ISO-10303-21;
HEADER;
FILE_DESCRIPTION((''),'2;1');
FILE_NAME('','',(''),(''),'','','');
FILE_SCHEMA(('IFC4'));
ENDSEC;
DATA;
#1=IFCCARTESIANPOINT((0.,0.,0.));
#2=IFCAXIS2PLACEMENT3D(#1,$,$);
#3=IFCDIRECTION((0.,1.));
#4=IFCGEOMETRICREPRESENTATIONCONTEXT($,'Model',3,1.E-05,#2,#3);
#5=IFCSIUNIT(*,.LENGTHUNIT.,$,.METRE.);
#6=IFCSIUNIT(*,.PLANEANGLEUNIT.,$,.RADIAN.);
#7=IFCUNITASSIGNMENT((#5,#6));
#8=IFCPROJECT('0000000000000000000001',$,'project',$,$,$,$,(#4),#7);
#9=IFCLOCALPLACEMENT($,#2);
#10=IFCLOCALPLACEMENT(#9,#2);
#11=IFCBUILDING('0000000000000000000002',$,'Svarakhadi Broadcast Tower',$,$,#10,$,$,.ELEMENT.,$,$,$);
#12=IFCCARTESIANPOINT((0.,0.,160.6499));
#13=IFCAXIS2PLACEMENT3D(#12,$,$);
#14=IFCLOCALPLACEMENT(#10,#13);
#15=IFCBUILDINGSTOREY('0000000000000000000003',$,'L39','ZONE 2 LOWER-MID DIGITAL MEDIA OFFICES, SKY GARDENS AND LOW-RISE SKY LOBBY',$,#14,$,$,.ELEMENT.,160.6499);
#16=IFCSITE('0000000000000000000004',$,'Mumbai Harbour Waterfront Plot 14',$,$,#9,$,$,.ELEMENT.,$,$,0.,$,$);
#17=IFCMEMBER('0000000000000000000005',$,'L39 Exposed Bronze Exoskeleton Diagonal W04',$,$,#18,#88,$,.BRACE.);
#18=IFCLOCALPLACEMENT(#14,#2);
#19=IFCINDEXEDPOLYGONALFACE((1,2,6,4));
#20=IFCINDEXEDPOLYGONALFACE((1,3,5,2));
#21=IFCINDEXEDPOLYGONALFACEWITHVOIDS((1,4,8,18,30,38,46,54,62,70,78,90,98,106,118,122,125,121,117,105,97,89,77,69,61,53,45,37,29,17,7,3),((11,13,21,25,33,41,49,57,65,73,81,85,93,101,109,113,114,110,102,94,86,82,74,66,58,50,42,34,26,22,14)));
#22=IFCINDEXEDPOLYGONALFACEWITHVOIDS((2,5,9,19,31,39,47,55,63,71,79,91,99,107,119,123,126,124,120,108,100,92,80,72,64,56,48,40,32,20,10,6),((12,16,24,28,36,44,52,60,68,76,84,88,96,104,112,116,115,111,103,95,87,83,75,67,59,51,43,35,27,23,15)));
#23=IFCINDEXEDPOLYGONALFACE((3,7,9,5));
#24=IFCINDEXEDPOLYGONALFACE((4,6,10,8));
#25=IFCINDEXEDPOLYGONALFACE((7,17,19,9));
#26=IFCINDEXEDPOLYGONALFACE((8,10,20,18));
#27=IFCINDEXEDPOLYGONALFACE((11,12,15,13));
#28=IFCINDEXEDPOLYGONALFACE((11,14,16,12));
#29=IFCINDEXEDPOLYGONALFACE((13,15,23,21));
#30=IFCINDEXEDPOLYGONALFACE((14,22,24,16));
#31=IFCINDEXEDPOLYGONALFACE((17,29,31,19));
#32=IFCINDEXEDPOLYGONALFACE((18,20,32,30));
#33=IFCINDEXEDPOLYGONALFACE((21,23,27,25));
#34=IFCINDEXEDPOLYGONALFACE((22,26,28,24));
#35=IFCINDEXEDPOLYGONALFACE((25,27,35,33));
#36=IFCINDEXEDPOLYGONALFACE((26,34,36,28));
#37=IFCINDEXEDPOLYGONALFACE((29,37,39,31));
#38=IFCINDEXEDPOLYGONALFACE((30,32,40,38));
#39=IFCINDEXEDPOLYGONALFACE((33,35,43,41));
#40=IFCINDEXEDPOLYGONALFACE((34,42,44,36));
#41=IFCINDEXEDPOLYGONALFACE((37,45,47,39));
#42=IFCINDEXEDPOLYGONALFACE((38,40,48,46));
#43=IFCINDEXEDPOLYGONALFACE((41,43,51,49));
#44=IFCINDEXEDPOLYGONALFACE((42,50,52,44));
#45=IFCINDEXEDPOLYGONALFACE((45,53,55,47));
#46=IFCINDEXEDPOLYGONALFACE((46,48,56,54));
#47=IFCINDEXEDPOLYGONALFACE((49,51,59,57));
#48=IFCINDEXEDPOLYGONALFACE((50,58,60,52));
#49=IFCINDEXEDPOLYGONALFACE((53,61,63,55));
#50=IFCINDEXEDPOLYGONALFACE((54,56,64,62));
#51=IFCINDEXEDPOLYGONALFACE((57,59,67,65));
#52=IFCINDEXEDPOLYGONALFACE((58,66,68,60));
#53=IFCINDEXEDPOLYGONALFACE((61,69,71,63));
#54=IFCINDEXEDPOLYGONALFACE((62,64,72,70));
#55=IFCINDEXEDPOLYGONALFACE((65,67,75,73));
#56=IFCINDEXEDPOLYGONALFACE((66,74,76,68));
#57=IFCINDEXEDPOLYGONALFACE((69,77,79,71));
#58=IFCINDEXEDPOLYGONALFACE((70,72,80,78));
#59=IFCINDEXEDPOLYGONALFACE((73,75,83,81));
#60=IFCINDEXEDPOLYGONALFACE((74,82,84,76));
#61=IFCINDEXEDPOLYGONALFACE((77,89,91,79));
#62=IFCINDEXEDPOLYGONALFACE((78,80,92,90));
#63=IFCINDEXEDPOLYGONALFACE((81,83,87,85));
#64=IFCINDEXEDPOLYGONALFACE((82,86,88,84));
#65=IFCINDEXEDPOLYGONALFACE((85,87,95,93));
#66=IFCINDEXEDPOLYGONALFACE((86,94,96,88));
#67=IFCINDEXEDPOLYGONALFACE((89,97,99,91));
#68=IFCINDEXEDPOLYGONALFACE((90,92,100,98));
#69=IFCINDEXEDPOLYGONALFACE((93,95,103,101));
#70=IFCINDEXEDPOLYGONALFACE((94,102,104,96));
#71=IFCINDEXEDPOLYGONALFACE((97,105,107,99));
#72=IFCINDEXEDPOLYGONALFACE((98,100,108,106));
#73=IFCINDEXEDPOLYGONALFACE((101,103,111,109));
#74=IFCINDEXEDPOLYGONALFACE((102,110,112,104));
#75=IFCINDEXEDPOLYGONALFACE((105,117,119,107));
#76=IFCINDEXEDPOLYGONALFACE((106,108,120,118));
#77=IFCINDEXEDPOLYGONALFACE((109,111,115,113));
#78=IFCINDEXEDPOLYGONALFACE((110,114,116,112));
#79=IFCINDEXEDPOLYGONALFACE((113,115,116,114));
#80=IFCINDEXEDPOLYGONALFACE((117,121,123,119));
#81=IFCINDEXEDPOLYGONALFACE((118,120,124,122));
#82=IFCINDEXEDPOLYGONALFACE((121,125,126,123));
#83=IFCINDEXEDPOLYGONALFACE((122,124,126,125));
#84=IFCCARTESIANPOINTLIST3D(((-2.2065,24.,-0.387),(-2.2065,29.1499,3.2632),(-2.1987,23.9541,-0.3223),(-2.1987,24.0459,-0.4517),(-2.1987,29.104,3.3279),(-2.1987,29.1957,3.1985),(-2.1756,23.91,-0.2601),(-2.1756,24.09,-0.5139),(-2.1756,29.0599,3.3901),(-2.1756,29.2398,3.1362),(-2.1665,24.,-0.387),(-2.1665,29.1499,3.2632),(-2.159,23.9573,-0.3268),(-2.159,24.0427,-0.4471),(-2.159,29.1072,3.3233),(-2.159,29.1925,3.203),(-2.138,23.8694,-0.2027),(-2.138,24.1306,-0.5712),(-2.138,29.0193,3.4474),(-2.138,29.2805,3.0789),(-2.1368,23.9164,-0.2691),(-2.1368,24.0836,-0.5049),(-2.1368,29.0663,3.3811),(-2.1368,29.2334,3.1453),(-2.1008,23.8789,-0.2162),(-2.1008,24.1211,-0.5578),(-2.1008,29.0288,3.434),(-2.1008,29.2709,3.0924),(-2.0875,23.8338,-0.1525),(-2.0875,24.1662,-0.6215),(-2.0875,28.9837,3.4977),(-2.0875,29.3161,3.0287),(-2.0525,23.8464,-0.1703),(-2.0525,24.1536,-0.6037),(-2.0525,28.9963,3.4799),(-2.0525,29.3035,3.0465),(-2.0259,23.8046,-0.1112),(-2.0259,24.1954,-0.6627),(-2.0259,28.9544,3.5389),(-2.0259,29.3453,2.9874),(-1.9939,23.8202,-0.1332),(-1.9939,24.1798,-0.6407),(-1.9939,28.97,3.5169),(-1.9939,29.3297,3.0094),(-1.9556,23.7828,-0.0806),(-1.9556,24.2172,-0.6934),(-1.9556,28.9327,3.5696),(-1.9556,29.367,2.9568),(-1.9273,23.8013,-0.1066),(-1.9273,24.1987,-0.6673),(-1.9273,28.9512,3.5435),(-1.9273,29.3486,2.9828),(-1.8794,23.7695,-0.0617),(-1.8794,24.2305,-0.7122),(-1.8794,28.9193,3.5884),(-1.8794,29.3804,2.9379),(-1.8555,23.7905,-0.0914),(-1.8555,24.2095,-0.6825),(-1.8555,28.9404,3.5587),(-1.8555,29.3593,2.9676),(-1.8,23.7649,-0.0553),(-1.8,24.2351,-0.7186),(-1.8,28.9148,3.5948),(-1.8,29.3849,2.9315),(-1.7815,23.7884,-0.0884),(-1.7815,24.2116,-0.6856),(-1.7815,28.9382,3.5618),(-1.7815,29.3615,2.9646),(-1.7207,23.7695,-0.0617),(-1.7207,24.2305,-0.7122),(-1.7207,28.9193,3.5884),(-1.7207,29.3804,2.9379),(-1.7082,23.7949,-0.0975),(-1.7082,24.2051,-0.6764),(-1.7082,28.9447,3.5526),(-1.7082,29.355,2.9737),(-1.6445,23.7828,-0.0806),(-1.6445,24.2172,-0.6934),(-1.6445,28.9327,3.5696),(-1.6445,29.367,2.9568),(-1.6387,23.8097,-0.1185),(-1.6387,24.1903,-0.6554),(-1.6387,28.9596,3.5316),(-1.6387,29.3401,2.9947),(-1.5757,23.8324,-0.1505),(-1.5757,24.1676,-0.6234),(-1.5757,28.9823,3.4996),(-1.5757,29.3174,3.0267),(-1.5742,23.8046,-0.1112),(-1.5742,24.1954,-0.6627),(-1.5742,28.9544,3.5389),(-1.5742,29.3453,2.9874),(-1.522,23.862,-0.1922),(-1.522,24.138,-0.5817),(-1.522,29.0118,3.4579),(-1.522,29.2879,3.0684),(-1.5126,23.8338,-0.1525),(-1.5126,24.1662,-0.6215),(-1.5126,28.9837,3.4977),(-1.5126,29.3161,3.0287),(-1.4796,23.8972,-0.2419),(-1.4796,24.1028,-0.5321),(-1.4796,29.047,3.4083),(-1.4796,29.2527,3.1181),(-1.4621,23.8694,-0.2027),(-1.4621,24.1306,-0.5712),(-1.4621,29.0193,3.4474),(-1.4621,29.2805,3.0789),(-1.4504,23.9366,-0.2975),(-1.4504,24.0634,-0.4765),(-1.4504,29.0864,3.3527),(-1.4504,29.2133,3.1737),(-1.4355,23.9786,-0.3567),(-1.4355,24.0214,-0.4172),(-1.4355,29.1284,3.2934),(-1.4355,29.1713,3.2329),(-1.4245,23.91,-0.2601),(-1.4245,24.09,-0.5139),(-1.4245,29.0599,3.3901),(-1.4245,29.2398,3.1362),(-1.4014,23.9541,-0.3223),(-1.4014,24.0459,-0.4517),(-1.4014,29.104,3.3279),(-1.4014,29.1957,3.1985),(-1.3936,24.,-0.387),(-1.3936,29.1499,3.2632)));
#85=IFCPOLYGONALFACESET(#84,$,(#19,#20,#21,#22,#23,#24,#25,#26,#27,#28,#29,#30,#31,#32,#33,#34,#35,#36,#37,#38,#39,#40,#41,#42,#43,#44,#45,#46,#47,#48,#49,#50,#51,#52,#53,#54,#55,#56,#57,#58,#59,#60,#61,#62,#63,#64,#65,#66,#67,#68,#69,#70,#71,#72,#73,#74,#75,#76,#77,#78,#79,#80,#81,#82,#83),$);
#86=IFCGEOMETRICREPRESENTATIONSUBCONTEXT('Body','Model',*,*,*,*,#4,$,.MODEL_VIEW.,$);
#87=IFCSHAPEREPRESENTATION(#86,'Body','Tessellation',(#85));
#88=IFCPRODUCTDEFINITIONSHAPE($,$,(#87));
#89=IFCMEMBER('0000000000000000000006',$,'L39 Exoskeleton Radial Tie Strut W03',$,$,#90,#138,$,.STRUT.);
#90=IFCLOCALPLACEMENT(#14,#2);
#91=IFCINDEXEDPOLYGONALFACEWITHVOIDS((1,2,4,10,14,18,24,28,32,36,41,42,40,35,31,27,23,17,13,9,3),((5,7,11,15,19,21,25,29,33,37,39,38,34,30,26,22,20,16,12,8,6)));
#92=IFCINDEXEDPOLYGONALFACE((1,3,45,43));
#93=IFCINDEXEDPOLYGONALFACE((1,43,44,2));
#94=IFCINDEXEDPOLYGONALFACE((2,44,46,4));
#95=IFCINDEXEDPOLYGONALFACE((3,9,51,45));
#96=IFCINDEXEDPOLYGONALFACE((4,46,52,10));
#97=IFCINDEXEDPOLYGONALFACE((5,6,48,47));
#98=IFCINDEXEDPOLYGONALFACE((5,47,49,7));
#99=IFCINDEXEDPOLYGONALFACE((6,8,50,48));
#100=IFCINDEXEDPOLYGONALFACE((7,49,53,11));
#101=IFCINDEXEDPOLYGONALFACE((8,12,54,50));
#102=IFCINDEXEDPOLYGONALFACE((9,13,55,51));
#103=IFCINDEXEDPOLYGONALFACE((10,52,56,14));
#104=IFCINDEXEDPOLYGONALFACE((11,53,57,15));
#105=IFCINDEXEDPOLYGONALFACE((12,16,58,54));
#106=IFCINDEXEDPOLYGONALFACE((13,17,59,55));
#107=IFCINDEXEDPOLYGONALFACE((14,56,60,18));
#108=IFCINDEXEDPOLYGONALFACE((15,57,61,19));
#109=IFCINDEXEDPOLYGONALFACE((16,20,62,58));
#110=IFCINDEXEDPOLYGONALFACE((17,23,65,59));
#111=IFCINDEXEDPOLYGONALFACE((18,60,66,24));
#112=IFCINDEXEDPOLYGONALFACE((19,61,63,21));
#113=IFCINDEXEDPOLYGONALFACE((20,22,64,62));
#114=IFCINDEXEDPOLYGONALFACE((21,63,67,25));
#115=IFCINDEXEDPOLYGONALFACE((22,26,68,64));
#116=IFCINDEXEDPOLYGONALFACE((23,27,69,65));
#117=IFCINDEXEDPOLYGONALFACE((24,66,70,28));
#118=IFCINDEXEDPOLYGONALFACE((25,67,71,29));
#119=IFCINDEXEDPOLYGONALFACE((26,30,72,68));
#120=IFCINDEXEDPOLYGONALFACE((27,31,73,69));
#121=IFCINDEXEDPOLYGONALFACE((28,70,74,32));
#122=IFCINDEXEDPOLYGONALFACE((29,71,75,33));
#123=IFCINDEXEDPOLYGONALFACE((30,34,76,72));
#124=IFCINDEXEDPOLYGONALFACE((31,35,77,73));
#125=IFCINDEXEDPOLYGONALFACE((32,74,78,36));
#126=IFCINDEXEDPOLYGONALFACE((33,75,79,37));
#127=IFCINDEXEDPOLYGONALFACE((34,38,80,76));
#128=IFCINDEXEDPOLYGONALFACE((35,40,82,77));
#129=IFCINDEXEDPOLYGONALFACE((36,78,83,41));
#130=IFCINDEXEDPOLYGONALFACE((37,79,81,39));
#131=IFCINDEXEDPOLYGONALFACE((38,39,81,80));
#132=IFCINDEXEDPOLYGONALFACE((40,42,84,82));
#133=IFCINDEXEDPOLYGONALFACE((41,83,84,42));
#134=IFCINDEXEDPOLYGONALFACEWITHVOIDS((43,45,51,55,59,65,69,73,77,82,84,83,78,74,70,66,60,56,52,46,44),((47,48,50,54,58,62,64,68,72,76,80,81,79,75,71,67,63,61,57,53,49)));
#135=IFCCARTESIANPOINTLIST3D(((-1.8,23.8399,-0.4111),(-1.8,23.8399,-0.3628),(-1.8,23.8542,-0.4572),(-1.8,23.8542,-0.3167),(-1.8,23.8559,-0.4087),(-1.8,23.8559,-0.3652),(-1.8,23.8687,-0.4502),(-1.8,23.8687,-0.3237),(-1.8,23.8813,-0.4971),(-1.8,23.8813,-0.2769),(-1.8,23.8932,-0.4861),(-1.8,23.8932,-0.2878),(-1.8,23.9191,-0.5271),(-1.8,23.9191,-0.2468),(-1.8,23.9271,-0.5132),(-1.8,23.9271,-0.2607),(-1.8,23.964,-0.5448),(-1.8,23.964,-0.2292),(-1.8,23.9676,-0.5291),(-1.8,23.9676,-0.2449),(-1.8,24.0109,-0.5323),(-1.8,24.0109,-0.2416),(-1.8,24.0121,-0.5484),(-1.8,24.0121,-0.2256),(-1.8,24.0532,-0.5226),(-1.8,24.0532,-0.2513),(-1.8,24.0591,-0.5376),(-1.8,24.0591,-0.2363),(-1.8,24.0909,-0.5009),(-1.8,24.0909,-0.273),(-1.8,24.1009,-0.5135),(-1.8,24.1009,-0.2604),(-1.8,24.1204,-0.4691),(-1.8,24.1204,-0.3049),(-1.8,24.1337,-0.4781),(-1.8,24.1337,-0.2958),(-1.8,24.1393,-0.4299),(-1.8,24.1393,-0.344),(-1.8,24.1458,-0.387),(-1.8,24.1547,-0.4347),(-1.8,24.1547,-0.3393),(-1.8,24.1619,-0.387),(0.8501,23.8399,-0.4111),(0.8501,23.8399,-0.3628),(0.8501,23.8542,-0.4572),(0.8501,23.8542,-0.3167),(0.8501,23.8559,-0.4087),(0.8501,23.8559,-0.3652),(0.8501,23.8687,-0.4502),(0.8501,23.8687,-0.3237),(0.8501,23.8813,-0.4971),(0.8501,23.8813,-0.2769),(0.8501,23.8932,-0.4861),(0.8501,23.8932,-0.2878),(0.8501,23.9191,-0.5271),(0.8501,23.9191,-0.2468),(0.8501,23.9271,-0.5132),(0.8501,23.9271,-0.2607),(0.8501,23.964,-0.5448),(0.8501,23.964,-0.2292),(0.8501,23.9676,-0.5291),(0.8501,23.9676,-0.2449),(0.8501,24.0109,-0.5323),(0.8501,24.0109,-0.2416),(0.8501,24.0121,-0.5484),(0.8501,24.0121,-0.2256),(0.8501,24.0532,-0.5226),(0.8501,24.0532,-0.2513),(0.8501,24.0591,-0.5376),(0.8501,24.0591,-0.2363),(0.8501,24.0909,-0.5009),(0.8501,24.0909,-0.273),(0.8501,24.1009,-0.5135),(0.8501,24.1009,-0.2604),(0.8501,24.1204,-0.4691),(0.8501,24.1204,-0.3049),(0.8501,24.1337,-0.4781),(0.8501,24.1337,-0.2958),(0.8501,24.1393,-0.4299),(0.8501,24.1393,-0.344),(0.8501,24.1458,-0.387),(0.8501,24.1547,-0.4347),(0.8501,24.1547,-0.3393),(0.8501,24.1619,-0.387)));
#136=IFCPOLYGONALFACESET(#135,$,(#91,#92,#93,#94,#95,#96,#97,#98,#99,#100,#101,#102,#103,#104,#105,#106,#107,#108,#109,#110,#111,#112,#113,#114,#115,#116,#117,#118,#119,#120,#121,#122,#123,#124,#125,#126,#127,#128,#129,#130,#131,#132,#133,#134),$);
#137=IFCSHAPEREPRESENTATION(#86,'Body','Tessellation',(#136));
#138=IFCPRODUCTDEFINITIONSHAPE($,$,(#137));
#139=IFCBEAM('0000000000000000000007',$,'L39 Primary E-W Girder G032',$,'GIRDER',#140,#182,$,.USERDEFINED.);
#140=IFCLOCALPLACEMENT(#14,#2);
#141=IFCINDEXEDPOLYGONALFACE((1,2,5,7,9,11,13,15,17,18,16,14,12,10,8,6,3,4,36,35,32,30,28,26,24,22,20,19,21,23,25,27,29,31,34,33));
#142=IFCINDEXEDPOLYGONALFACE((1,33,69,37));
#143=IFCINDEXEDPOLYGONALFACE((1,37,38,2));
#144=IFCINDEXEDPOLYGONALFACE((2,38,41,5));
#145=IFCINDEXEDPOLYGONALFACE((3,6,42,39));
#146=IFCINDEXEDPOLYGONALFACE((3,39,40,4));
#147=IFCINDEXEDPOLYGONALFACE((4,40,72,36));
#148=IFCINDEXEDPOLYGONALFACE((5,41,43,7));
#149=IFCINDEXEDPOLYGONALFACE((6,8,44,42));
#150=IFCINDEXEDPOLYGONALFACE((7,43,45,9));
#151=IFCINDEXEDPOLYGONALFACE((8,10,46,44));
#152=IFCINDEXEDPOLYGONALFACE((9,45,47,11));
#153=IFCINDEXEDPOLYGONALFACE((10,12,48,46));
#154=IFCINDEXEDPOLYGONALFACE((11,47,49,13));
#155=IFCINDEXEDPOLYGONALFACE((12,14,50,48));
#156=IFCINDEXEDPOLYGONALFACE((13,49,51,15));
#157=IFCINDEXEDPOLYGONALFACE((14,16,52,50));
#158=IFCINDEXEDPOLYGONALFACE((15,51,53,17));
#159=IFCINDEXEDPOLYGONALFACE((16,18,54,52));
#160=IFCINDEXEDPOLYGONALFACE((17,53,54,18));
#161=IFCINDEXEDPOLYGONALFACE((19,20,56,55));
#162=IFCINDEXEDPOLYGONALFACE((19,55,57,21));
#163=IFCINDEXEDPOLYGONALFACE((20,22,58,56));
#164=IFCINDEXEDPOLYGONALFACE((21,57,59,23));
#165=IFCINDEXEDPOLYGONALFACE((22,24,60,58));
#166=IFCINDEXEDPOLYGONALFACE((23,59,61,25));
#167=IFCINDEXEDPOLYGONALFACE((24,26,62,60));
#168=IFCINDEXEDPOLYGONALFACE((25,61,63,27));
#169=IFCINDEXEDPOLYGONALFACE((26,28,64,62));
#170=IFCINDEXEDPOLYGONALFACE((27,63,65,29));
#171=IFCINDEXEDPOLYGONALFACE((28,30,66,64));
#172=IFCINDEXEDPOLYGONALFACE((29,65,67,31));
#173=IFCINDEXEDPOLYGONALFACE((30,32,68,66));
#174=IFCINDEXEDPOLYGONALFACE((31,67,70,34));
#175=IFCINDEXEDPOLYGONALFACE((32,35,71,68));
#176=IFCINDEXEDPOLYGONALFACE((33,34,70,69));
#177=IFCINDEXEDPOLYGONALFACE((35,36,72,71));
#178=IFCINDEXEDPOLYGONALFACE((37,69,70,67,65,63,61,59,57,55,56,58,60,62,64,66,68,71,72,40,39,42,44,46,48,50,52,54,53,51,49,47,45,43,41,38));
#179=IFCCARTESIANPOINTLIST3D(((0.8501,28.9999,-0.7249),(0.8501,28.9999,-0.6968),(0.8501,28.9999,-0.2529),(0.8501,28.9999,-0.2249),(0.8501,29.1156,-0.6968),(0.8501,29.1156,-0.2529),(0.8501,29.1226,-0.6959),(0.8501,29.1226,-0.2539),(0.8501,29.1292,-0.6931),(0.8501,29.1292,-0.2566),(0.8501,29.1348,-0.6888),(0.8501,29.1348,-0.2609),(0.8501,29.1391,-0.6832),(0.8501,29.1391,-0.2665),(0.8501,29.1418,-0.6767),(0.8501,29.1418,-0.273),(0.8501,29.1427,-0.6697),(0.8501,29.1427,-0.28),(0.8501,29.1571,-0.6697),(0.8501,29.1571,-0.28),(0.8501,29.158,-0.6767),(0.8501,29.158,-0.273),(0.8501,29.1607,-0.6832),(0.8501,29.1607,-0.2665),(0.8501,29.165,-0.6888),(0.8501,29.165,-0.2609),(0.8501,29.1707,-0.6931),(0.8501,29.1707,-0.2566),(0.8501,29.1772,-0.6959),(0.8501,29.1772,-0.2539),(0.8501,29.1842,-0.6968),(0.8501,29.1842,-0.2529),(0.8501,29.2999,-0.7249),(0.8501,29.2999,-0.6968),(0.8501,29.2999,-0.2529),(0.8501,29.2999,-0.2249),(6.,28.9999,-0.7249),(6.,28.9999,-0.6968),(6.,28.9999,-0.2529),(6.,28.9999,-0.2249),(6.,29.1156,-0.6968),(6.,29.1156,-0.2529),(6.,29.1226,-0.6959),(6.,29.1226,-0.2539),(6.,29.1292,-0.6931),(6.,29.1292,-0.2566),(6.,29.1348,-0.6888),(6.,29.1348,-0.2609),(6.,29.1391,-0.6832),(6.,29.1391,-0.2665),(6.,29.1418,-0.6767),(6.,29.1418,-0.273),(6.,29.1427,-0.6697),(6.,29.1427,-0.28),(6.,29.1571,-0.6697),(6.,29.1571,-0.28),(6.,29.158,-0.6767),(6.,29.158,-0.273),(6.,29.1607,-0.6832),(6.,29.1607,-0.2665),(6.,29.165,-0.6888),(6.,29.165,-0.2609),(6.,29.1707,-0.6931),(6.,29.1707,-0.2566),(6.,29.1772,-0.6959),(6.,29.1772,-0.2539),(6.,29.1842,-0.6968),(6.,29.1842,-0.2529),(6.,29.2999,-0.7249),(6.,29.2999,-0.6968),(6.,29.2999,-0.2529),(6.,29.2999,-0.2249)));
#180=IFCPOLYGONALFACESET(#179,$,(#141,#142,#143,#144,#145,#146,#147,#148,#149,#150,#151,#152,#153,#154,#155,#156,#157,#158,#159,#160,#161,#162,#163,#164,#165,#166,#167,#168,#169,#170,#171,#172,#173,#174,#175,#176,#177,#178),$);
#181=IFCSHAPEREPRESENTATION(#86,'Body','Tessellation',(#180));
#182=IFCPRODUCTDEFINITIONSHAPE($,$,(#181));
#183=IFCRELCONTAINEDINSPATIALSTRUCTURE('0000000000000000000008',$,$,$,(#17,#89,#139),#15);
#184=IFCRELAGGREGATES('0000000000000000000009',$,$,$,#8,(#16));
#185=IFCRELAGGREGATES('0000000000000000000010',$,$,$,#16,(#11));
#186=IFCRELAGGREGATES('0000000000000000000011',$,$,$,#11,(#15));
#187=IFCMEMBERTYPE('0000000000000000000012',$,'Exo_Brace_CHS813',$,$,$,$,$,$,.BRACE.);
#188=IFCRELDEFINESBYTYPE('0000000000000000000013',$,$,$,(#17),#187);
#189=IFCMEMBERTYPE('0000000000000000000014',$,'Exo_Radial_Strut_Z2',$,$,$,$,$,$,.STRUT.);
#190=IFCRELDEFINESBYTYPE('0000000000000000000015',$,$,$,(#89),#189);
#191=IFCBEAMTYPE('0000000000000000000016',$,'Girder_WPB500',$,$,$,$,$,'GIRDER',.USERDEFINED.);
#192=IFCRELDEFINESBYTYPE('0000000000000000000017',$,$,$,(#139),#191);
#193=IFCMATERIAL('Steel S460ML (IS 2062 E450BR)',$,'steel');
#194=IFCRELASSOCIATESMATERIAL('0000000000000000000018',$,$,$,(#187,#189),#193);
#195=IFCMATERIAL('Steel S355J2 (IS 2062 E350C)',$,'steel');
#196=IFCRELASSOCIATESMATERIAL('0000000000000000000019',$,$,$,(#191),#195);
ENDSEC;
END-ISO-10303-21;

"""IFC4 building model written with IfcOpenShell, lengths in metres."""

from ifc_helpers import new_model, si_unit, direction, frame, origin, origin_2d, place, context, subcontext, project, spatial, hollow_circle, i_section, extrude, material, material_profile, profile_set, type_object, element, save


model = new_model("IFC4")

# Units and contexts
model_context = context("Model", 3, precision=1e-05, world=origin(), true_north=direction((0.0, 1.0)))
body_context = subcontext(model_context, "Body", "Model", "MODEL_VIEW")
ifc_project = project(units=[si_unit("LENGTHUNIT", "METRE"), si_unit("PLANEANGLEUNIT", "RADIAN")], contexts=[model_context])

# Site, building, storey
site_placement = place(None, origin())
site = spatial("IfcSite", under=ifc_project, at=site_placement, Name="Mumbai Harbour Waterfront Plot 14", CompositionType="ELEMENT", RefElevation=0.0)
building_placement = place(site_placement, origin())
building = spatial("IfcBuilding", under=site, at=building_placement, Name="Svarakhadi Broadcast Tower", CompositionType="ELEMENT")
storey_placement = place(building_placement, frame((0.0, 0.0, 160.6499)))
storey = spatial("IfcBuildingStorey", under=building, at=storey_placement, Name="L39", Description="ZONE 2 LOWER-MID DIGITAL MEDIA OFFICES, SKY GARDENS AND LOW-RISE SKY LOBBY", CompositionType="ELEMENT", Elevation=160.6499)

# Shared definitions
ifc_material_1 = material(Name="Steel S460ML (IS 2062 E450BR)", Category="steel")

# Shared definitions
ifc_material_2 = material(Name="Steel S355J2 (IS 2062 E350C)", Category="steel")

# Members
ifc_material_profile_1 = material_profile(ifc_material_1, hollow_circle(Radius=0.4065, WallThickness=0.04, at=origin_2d()), Name="CHS 813x40")
ifc_profile_set_1 = profile_set([ifc_material_profile_1], Name="Steel S460ML (IS 2062 E450BR)")
member_type_1 = type_object("IfcMemberType", Name="Exo_Brace_CHS813", PredefinedType="BRACE", material=ifc_profile_set_1)
member_1_placement = place(storey_placement, frame((-1.8, 24.0, -0.387), z_axis=(0.0, 0.815853, 0.57826), x_axis=(-1.0, 0.0, 0.0)))
element("IfcMember", 1, at=member_1_placement, inside=storey, type_object=member_type_1, Name="L39 Exposed Bronze Exoskeleton Diagonal W04", PredefinedType="BRACE", context=body_context, shape_type="SweptSolid", body=[
    extrude(hollow_circle(Radius=0.4065, WallThickness=0.04, at=origin_2d()), origin(), (0.0, 0.0, 1.0), 6.3123),
])
ifc_material_profile_2 = material_profile(ifc_material_1, hollow_circle(Radius=0.1619, WallThickness=0.0161, at=origin_2d()), Name="CHS 323.9x16")
ifc_profile_set_2 = profile_set([ifc_material_profile_2], Name="Steel S460ML (IS 2062 E450BR)")
member_type_2 = type_object("IfcMemberType", Name="Exo_Radial_Strut_Z2", PredefinedType="STRUT", material=ifc_profile_set_2)
member_2_placement = place(storey_placement, frame((-1.8, 24.0, -0.387), z_axis=(1.0, 0.0, 0.0), x_axis=(0.0, 1.0, 0.0)))
element("IfcMember", 2, at=member_2_placement, inside=storey, type_object=member_type_2, Name="L39 Exoskeleton Radial Tie Strut W03", PredefinedType="STRUT", context=body_context, shape_type="SweptSolid", body=[
    extrude(hollow_circle(Radius=0.1619, WallThickness=0.0161, at=origin_2d()), origin(), (0.0, 0.0, 1.0), 2.6501),
])

# Beam
ifc_material_profile_3 = material_profile(ifc_material_2, i_section(OverallWidth=0.3, OverallDepth=0.5, WebThickness=0.0144, FlangeThickness=0.0281, FilletRadius=0.0271, at=origin_2d()), Name="WPB 500x300x187")
ifc_profile_set_3 = profile_set([ifc_material_profile_3], Name="Steel S355J2 (IS 2062 E350C)")
beam_type_1 = type_object("IfcBeamType", Name="Girder_WPB500", ElementType="GIRDER", PredefinedType="USERDEFINED", material=ifc_profile_set_3)
beam_1_placement = place(storey_placement, frame((0.8501, 29.1499, -0.4749), z_axis=(1.0, 0.0, 0.0), x_axis=(0.0, 1.0, 0.0)))
element("IfcBeam", 3, at=beam_1_placement, inside=storey, type_object=beam_type_1, Name="L39 Primary E-W Girder G032", ObjectType="GIRDER", PredefinedType="USERDEFINED", context=body_context, shape_type="SweptSolid", body=[
    extrude(i_section(OverallWidth=0.3, OverallDepth=0.5, WebThickness=0.0144, FlangeThickness=0.0281, FilletRadius=0.0271, at=origin_2d()), origin(), (0.0, 0.0, 1.0), 5.1499),
])

save(model, "model.ifc")
